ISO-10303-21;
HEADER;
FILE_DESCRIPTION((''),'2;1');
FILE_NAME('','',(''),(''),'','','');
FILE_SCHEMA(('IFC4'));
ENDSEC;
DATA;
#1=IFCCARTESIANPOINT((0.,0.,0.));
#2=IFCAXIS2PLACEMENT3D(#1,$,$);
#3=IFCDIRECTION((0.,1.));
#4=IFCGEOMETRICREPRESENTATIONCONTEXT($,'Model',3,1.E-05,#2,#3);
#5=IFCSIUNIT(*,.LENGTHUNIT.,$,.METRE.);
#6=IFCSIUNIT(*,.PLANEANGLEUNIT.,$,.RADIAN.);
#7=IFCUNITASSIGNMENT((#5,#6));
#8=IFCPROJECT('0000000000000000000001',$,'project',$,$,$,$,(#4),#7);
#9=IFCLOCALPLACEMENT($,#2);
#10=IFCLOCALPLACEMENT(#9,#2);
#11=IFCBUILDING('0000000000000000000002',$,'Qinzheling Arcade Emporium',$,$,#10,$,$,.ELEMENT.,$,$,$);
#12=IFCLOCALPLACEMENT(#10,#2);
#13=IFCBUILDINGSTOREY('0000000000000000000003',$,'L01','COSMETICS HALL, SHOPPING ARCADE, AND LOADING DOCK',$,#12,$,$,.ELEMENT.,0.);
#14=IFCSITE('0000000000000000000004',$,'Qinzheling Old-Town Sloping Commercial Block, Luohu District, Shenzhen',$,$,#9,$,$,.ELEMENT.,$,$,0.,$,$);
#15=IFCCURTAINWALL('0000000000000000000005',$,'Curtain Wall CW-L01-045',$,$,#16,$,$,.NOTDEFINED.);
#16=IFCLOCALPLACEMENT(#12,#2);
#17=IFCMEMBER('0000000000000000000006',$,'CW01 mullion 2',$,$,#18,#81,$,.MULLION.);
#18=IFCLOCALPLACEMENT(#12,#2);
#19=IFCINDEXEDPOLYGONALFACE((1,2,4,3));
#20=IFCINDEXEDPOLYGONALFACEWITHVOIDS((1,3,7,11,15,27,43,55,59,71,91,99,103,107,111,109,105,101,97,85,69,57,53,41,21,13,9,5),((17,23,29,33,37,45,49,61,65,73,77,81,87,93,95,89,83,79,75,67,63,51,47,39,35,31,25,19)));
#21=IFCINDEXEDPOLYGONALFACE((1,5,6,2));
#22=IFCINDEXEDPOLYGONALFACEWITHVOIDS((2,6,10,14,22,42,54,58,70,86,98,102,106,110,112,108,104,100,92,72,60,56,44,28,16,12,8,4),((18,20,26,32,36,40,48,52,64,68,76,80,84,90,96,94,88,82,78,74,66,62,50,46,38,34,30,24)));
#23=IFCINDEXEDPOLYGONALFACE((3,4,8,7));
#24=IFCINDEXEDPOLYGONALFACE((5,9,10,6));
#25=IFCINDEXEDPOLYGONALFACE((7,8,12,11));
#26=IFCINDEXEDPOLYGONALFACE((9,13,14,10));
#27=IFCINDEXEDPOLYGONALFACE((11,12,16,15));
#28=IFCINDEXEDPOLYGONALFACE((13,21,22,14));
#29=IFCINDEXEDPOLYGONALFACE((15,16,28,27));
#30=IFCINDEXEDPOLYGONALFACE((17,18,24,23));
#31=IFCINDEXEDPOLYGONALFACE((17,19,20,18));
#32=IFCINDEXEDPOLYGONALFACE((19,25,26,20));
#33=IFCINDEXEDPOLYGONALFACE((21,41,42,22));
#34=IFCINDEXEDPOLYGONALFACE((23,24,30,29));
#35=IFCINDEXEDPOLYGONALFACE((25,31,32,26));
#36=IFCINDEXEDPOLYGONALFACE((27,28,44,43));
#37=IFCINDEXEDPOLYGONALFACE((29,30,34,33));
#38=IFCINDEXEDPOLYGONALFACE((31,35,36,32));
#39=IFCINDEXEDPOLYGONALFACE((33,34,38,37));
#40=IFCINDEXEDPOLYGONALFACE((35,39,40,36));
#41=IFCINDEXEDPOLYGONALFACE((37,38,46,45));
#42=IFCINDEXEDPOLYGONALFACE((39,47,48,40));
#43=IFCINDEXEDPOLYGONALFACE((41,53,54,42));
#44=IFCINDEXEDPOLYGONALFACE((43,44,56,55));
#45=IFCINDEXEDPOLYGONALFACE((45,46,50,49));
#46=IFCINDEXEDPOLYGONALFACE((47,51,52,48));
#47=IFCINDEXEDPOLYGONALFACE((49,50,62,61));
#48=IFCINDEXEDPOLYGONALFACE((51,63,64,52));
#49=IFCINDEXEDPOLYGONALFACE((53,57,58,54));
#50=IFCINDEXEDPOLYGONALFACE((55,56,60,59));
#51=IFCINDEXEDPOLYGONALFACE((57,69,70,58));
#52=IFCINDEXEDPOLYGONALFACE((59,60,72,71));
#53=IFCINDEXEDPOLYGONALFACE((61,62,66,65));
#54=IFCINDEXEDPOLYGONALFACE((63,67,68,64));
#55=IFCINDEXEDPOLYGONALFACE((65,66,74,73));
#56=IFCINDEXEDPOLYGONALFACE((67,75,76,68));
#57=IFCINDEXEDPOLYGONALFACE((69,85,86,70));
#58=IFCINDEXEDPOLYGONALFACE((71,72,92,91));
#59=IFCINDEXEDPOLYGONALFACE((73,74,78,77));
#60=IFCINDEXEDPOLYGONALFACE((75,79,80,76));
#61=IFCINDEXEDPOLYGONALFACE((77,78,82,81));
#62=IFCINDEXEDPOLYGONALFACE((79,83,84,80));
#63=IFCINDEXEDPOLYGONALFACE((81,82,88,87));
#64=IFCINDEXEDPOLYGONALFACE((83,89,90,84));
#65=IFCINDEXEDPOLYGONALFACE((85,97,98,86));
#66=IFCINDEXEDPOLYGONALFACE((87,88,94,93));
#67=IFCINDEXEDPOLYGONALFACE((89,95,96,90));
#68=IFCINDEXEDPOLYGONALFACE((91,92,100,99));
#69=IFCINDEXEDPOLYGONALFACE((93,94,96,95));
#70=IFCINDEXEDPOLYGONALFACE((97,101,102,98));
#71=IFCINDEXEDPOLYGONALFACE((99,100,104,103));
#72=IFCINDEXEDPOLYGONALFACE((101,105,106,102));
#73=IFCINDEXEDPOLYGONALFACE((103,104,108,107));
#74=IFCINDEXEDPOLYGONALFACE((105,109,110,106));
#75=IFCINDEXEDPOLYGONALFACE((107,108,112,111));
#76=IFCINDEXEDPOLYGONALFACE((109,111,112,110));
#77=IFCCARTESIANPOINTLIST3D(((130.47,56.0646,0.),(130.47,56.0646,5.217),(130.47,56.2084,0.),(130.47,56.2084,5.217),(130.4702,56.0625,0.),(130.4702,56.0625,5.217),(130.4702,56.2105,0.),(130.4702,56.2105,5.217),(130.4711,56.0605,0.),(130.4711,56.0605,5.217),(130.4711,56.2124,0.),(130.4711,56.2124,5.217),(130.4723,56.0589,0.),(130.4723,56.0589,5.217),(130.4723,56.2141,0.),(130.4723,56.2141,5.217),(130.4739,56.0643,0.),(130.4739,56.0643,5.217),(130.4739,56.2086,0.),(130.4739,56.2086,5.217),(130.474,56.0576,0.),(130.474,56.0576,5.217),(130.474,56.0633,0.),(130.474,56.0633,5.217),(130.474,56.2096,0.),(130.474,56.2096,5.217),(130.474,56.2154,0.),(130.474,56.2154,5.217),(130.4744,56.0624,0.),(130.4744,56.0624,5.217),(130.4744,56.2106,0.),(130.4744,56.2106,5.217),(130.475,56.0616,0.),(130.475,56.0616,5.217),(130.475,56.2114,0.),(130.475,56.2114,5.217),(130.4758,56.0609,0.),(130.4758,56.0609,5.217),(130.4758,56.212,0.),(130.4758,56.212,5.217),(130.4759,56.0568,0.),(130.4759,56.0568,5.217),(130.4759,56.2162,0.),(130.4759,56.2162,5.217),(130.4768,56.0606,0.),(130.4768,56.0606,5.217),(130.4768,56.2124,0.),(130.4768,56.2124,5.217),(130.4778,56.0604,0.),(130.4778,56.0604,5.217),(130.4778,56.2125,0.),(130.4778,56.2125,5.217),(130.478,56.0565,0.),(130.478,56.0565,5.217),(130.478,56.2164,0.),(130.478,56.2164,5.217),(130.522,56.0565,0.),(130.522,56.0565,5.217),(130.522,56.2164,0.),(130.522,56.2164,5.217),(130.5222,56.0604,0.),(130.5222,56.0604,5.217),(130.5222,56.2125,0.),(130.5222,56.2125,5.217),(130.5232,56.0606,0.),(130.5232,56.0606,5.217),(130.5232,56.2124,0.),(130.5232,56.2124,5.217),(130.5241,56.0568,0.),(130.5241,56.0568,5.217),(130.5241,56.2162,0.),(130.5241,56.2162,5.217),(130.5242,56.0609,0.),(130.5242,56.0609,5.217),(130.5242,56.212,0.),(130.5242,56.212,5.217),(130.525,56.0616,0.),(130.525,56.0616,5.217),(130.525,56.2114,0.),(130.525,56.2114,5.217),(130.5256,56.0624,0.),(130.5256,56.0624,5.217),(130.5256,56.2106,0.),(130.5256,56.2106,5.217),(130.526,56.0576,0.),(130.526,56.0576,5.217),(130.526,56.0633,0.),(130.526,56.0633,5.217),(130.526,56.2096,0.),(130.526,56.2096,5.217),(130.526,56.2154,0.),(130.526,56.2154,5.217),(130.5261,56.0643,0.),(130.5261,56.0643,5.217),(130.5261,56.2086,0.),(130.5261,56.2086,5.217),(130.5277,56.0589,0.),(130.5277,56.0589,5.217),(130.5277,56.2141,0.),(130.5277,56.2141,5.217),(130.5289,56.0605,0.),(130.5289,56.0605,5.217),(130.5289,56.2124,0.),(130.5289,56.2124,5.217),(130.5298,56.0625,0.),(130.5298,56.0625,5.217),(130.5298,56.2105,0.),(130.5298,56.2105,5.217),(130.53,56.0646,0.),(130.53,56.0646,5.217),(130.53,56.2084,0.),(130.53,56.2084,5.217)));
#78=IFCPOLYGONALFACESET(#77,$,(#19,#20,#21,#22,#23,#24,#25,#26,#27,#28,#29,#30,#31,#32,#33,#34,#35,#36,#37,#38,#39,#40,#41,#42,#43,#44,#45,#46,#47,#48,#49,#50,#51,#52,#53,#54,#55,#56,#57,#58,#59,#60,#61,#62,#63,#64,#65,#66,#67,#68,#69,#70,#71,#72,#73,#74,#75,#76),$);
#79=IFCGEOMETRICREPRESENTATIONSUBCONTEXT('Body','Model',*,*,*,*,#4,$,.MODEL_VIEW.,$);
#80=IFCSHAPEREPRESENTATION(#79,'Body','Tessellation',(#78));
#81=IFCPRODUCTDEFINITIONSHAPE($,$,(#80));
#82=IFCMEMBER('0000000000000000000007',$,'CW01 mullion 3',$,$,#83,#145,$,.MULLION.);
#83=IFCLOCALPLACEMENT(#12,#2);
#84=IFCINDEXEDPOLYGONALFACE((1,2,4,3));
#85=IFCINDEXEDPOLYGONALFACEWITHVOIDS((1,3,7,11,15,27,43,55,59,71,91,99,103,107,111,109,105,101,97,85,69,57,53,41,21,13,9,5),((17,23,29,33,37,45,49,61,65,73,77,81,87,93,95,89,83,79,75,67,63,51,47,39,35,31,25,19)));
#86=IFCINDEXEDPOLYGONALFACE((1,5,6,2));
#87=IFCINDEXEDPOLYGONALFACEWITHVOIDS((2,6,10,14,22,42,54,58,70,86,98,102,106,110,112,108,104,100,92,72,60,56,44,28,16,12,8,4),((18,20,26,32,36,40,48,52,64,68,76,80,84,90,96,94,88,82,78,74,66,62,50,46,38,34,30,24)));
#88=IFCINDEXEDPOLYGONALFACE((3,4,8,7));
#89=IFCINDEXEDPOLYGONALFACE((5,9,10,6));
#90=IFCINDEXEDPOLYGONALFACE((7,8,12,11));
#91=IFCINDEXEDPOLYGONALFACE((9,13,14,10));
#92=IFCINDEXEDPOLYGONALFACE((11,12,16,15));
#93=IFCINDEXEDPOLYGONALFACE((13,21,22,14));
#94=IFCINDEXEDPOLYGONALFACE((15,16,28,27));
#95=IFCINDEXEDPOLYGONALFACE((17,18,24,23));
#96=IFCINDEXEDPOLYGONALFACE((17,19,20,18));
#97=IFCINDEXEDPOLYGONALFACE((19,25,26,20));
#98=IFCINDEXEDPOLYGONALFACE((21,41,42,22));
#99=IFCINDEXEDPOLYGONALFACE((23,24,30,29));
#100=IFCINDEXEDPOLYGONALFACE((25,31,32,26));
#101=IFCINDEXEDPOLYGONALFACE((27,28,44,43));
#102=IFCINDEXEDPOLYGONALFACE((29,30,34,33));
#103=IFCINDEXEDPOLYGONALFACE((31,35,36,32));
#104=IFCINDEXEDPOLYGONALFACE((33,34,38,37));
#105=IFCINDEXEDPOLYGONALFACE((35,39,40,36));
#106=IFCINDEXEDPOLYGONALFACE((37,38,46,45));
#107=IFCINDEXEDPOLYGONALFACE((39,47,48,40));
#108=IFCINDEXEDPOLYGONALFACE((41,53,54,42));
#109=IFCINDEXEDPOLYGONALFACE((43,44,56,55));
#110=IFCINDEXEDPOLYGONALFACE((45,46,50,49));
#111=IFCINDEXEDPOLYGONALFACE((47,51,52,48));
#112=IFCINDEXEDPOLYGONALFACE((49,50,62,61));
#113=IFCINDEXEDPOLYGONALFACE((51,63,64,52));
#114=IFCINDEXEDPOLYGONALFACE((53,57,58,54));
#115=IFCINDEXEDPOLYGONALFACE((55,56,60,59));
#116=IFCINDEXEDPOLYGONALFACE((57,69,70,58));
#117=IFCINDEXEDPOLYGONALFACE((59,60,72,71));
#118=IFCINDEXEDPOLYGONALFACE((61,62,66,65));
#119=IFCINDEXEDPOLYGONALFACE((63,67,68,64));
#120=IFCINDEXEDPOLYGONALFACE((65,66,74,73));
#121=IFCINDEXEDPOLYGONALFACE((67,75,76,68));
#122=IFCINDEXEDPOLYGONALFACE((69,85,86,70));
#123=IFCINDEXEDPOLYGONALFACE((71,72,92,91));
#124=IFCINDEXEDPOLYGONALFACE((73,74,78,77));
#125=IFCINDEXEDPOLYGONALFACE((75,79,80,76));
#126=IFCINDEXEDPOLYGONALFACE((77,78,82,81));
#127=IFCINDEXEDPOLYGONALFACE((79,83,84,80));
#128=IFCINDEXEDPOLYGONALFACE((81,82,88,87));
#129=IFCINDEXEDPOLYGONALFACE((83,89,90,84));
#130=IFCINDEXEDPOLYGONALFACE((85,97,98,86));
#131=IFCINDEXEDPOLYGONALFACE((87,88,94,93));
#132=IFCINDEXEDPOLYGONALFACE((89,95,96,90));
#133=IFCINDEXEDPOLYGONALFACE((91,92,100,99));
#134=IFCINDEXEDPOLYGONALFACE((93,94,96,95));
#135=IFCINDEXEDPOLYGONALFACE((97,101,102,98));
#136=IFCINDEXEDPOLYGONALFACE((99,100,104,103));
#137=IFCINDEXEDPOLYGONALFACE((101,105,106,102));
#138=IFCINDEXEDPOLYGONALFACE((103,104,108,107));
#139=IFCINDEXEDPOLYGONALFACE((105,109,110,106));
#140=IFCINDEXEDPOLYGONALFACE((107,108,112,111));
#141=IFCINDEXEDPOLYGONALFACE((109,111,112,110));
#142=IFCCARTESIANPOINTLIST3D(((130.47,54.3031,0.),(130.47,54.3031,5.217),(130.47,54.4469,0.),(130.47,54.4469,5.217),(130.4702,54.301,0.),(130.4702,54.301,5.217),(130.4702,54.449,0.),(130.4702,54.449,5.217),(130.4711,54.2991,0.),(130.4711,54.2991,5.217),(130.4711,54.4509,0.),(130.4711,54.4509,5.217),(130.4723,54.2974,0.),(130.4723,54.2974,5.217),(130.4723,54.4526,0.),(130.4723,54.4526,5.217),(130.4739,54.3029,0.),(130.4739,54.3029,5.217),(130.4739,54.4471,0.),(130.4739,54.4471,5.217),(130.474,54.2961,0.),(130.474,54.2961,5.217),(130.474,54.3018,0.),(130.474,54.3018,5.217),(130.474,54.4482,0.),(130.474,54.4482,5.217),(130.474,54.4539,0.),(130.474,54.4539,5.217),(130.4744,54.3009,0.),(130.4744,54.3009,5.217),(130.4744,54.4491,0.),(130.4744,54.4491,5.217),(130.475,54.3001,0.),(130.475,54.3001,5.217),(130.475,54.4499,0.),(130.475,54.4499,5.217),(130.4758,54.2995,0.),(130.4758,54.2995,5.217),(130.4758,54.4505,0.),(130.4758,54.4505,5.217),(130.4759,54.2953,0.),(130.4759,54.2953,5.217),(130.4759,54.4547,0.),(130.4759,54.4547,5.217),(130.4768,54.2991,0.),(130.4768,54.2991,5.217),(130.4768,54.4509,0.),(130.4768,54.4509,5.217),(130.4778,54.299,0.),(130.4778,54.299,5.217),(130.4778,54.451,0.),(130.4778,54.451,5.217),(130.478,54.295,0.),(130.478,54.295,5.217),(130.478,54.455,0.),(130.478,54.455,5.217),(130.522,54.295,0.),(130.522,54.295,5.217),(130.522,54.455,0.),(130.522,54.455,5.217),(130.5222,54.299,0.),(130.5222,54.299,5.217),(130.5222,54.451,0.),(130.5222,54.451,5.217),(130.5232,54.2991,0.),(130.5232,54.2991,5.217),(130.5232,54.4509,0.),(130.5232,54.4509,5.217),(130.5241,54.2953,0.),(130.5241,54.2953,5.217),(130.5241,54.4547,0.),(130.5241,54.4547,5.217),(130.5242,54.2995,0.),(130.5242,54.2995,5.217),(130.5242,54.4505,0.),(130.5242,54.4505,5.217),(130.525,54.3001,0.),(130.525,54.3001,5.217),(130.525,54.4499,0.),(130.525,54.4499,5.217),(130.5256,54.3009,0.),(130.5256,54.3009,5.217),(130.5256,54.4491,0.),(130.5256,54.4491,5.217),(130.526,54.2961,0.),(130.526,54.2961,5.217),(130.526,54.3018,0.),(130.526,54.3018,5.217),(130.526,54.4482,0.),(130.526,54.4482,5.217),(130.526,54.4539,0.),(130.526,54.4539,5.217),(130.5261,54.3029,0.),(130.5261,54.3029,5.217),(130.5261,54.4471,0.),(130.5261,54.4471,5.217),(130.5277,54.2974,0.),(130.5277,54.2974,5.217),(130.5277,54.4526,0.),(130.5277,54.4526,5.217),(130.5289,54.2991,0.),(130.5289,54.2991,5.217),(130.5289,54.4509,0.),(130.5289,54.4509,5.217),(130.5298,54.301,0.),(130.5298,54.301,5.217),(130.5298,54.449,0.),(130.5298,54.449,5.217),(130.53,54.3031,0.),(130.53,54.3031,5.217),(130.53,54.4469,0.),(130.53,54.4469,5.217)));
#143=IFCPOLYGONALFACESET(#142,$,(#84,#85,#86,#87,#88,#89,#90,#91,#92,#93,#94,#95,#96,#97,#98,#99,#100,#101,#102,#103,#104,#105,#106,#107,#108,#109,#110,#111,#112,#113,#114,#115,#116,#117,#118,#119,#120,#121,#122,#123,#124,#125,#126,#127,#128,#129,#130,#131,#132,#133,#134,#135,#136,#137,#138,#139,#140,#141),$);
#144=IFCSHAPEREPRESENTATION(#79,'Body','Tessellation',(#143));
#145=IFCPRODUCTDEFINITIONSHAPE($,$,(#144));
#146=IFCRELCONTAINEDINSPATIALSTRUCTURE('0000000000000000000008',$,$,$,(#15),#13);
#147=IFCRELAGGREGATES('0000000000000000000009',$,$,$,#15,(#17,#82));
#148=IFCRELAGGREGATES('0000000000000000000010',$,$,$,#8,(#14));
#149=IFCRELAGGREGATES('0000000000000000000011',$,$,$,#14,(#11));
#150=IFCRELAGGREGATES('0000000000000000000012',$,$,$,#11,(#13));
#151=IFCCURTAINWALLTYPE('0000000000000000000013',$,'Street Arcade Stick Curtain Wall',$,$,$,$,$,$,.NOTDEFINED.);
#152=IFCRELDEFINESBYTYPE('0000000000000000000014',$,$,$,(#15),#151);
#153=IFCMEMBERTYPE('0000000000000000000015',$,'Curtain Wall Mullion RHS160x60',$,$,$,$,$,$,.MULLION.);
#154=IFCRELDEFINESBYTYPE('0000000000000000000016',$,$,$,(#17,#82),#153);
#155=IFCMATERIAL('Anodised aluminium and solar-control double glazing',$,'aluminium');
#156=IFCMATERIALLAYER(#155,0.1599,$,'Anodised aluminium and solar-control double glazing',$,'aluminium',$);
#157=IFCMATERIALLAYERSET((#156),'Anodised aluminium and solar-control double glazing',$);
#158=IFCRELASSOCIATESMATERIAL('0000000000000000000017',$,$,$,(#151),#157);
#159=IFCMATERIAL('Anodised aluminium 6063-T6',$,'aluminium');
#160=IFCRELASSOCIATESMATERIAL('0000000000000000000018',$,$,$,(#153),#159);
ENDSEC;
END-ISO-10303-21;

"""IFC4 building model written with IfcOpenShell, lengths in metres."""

from ifc_helpers import new_model, si_unit, direction, frame, origin, origin_2d, place, context, subcontext, project, spatial, hollow_rectangle, extrude, material, layer, layer_set, material_profile, profile_set, type_object, element, aggregate, save


model = new_model("IFC4")

# Units and contexts
model_context = context("Model", 3, precision=1e-05, world=origin(), true_north=direction((0.0, 1.0)))
body_context = subcontext(model_context, "Body", "Model", "MODEL_VIEW")
ifc_project = project(units=[si_unit("LENGTHUNIT", "METRE"), si_unit("PLANEANGLEUNIT", "RADIAN")], contexts=[model_context])

# Site, building, storey
site_placement = place(None, origin())
site = spatial("IfcSite", under=ifc_project, at=site_placement, Name="Qinzheling Old-Town Sloping Commercial Block, Luohu District, Shenzhen", CompositionType="ELEMENT", RefElevation=0.0)
building_placement = place(site_placement, origin())
building = spatial("IfcBuilding", under=site, at=building_placement, Name="Qinzheling Arcade Emporium", CompositionType="ELEMENT")
storey_placement = place(building_placement, origin())
storey = spatial("IfcBuildingStorey", under=building, at=storey_placement, Name="L01", Description="COSMETICS HALL, SHOPPING ARCADE, AND LOADING DOCK", CompositionType="ELEMENT", Elevation=0.0)

# Shared definitions
ifc_material_1 = material(Name="Anodised aluminium and solar-control double glazing", Category="aluminium")
ifc_layer_1 = layer(ifc_material_1, 0.1599, Name="Anodised aluminium and solar-control double glazing", Category="aluminium")
ifc_layer_set_1 = layer_set([ifc_layer_1], Name="Anodised aluminium and solar-control double glazing")
curtain_wall_type = type_object("IfcCurtainWallType", Name="Street Arcade Stick Curtain Wall", PredefinedType="NOTDEFINED", material=ifc_layer_set_1)
ifc_material_2 = material(Name="Anodised aluminium 6063-T6", Category="aluminium")
ifc_material_profile_1 = material_profile(ifc_material_2, hollow_rectangle(XDim=0.0601, YDim=0.1599, WallThickness=0.0039, InnerFilletRadius=0.0039, OuterFilletRadius=0.0081, at=origin_2d()), Name="RHS 160x60x4", Category="aluminium")
ifc_profile_set_1 = profile_set([ifc_material_profile_1], Name="Anodised aluminium 6063-T6")
member_type_1 = type_object("IfcMemberType", Name="Curtain Wall Mullion RHS160x60", PredefinedType="MULLION", material=ifc_profile_set_1)

# Curtain wall, members
curtain_wall_1_placement = place(storey_placement, origin())
curtain_wall_1 = element("IfcCurtainWall", 1, at=curtain_wall_1_placement, inside=storey, type_object=curtain_wall_type, Name="Curtain Wall CW-L01-045", PredefinedType="NOTDEFINED")
member_1_placement = place(storey_placement, frame((130.5, 56.1365, 0.0), z_axis=(0.0, 0.0, 1.0), x_axis=(1.0, 0.0, 0.0)))
member_1 = element("IfcMember", 2, at=member_1_placement, type_object=member_type_1, Name="CW01 mullion 2", PredefinedType="MULLION", context=body_context, shape_type="SweptSolid", body=[
    extrude(hollow_rectangle(XDim=0.0601, YDim=0.1599, WallThickness=0.0039, InnerFilletRadius=0.0039, OuterFilletRadius=0.0081, at=origin_2d()), origin(), (0.0, 0.0, 1.0), 5.217),
])
member_2_placement = place(storey_placement, frame((130.5, 54.375, 0.0), z_axis=(0.0, 0.0, 1.0), x_axis=(1.0, 0.0, 0.0)))
member_2 = element("IfcMember", 3, at=member_2_placement, type_object=member_type_1, Name="CW01 mullion 3", PredefinedType="MULLION", context=body_context, shape_type="SweptSolid", body=[
    extrude(hollow_rectangle(XDim=0.0601, YDim=0.1599, WallThickness=0.0039, InnerFilletRadius=0.0039, OuterFilletRadius=0.0081, at=origin_2d()), origin(), (0.0, 0.0, 1.0), 5.217),
])

aggregate(curtain_wall_1, [member_1, member_2])

save(model, "model.ifc")
